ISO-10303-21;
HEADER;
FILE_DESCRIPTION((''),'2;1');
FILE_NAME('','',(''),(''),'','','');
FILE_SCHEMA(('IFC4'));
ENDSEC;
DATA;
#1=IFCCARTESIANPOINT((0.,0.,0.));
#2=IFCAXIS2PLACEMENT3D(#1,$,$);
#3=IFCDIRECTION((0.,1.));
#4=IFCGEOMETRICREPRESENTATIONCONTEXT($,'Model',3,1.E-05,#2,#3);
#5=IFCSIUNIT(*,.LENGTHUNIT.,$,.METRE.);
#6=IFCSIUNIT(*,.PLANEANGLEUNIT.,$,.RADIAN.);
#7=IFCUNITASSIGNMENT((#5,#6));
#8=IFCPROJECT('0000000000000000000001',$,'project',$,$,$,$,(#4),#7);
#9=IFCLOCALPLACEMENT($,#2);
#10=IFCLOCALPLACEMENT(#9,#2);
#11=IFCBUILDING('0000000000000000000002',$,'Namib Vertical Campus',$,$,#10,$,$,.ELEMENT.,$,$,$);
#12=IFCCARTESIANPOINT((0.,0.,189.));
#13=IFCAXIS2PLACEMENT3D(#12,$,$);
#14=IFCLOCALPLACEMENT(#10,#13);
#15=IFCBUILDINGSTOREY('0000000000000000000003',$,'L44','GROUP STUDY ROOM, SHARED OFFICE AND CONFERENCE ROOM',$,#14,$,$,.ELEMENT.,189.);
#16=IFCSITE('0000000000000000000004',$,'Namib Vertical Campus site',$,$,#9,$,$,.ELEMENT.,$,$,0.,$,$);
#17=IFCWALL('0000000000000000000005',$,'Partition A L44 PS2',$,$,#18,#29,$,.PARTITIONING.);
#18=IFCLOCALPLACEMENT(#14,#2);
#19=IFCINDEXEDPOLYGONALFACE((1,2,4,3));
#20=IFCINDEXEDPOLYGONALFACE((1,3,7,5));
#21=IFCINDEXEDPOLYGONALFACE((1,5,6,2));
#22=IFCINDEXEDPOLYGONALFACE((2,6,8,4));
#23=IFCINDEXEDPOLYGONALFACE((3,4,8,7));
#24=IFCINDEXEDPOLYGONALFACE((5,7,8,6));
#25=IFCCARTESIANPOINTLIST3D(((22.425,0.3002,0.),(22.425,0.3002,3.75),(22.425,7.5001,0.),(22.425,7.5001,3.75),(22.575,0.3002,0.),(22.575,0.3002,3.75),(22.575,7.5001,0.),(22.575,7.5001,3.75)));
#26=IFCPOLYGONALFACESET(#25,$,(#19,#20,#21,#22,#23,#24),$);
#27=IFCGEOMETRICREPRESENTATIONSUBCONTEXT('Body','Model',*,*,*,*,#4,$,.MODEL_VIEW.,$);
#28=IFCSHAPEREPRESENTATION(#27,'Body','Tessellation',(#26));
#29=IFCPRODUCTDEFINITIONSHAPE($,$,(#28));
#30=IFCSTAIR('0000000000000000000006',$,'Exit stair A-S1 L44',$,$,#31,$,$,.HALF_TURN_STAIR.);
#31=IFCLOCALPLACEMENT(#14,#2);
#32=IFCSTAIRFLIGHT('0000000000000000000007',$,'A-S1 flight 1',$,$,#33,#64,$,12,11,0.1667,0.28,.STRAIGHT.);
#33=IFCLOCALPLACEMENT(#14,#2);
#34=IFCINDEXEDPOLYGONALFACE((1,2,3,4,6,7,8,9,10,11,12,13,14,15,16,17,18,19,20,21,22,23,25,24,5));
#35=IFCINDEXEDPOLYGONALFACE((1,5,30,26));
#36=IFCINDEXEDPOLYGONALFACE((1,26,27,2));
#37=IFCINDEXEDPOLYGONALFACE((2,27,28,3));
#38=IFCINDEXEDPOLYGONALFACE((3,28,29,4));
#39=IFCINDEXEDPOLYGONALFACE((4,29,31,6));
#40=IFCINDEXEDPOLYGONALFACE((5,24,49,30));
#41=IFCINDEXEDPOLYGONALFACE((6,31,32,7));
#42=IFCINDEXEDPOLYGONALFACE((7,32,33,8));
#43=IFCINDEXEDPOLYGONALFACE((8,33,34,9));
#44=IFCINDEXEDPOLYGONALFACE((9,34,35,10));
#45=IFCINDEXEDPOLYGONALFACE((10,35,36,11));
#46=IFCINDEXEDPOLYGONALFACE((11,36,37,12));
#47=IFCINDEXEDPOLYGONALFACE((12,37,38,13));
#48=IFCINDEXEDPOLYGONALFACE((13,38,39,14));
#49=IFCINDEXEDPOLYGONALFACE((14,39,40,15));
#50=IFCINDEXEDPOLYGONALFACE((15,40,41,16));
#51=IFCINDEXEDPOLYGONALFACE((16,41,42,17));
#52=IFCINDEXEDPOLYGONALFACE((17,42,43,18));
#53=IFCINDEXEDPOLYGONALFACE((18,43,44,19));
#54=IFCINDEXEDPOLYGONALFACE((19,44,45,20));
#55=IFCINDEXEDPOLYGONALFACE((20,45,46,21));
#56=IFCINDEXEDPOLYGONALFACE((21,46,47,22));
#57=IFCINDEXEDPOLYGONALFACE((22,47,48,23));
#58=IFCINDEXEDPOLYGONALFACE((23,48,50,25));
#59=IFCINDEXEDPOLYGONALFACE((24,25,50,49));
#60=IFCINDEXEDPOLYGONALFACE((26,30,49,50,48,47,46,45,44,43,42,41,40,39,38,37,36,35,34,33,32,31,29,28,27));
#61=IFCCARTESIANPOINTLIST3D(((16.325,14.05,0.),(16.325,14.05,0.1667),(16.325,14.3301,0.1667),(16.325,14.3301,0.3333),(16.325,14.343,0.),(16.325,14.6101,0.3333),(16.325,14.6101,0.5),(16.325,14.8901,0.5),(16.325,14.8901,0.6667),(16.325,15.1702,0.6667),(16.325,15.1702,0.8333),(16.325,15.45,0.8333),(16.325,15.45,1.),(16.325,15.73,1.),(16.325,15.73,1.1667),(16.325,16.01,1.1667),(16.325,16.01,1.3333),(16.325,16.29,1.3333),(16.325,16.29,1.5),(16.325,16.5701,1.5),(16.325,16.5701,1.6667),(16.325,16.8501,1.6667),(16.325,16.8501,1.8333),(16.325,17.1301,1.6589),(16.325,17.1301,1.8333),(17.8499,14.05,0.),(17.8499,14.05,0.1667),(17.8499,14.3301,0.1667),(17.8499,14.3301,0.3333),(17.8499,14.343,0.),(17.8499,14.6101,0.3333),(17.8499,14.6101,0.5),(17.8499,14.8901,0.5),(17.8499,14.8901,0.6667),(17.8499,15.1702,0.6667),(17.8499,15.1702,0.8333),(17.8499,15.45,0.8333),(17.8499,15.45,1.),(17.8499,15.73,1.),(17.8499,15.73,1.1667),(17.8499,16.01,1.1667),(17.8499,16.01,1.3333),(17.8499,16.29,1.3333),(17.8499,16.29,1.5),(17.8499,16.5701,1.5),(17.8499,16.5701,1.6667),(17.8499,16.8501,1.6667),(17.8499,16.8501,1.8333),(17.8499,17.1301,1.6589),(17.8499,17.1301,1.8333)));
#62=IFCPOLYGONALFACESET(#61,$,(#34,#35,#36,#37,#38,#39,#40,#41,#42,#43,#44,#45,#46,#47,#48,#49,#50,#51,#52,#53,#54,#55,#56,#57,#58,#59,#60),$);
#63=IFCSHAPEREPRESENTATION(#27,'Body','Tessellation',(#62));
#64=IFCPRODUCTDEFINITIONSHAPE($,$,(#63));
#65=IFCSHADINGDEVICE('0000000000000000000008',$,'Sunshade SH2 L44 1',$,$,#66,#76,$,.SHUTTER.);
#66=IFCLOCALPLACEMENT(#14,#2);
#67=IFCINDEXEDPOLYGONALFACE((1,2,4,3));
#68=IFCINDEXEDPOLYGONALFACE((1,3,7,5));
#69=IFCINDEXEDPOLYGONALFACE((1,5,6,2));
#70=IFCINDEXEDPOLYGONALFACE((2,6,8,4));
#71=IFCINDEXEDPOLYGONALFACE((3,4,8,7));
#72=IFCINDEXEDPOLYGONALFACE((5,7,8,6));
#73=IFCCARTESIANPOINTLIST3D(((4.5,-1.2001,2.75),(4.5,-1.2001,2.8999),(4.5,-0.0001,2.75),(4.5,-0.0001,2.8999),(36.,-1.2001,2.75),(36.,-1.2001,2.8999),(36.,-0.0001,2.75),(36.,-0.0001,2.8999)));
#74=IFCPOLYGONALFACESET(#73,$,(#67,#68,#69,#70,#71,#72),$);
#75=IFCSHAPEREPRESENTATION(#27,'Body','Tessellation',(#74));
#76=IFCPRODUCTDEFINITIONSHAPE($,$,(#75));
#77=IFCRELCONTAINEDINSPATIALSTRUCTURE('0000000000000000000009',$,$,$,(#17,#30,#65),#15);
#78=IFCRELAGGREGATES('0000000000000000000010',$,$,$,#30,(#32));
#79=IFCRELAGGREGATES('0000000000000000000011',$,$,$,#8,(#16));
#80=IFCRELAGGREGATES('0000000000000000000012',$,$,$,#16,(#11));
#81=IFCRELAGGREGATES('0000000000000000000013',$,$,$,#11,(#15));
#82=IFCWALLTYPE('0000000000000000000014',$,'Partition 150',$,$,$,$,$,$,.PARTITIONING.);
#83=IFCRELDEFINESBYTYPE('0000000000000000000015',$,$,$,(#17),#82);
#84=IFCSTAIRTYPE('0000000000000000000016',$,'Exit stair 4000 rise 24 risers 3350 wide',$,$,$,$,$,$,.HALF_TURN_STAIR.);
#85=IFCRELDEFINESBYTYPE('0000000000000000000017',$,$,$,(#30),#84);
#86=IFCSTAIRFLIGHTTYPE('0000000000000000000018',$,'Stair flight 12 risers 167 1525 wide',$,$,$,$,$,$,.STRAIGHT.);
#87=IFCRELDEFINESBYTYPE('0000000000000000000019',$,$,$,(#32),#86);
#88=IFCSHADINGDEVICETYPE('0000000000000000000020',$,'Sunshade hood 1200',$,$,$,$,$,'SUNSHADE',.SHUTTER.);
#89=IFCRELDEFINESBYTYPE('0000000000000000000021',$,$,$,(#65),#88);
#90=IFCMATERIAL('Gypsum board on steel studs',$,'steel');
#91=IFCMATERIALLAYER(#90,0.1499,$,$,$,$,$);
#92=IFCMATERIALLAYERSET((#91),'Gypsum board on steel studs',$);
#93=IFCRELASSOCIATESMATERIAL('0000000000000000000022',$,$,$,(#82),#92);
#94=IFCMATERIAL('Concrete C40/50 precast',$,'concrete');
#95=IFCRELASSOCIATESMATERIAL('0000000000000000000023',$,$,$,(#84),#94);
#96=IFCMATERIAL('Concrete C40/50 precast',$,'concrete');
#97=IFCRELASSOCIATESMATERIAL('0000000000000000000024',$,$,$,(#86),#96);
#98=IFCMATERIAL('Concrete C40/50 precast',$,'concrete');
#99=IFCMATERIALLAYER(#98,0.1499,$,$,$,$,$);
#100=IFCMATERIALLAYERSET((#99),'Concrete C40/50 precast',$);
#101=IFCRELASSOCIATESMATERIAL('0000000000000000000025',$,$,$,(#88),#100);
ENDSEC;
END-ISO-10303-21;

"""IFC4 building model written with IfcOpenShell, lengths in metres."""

from ifc_helpers import new_model, si_unit, direction, frame, frame_2d, origin, origin_2d, place, context, subcontext, project, spatial, polyline, rectangle, outline, extrude, material, layer, layer_set, type_object, element, aggregate, save


model = new_model("IFC4")

# Units and contexts
model_context = context("Model", 3, precision=1e-05, world=origin(), true_north=direction((0.0, 1.0)))
body_context = subcontext(model_context, "Body", "Model", "MODEL_VIEW")
ifc_project = project(units=[si_unit("LENGTHUNIT", "METRE"), si_unit("PLANEANGLEUNIT", "RADIAN")], contexts=[model_context])

# Site, building, storey
site_placement = place(None, origin())
site = spatial("IfcSite", under=ifc_project, at=site_placement, Name="Namib Vertical Campus site", CompositionType="ELEMENT", RefElevation=0.0)
building_placement = place(site_placement, origin())
building = spatial("IfcBuilding", under=site, at=building_placement, Name="Namib Vertical Campus", CompositionType="ELEMENT")
storey_placement = place(building_placement, frame((0.0, 0.0, 189.0)))
storey = spatial("IfcBuildingStorey", under=building, at=storey_placement, Name="L44", Description="GROUP STUDY ROOM, SHARED OFFICE AND CONFERENCE ROOM", CompositionType="ELEMENT", Elevation=189.0)

# Wall
ifc_material_1 = material(Name="Gypsum board on steel studs", Category="steel")
ifc_layer_1 = layer(ifc_material_1, 0.1499)
ifc_layer_set_1 = layer_set([ifc_layer_1], Name="Gypsum board on steel studs")
wall_type_1 = type_object("IfcWallType", Name="Partition 150", PredefinedType="PARTITIONING", material=ifc_layer_set_1)
for number, where, z_axis, x_axis, name in (
    (1, (22.5, 0.3, 0.0), (0.0, 0.0, 1.0), (0.0, 1.0, 0.0), "Partition A L44 PS2"),
):
    element("IfcWall", number, at=place(storey_placement, frame(where, z_axis=z_axis, x_axis=x_axis)), inside=storey, type_object=wall_type_1, Name=name, PredefinedType="PARTITIONING", context=body_context, shape_type="SweptSolid", body=[
        extrude(rectangle(XDim=7.2, YDim=0.1499, at=frame_2d((3.6001, 0.0))), origin(), (0.0, 0.0, 1.0), 3.75),
    ])

# Stair, stair flight
ifc_material_2 = material(Name="Concrete C40/50 precast", Category="concrete")
stair_type = type_object("IfcStairType", Name="Exit stair 4000 rise 24 risers 3350 wide", PredefinedType="HALF_TURN_STAIR", material=ifc_material_2)
stair_placement = place(storey_placement, origin())
stair = element("IfcStair", 2, at=stair_placement, inside=storey, type_object=stair_type, Name="Exit stair A-S1 L44", PredefinedType="HALF_TURN_STAIR")
ifc_material_3 = material(Name="Concrete C40/50 precast", Category="concrete")
stair_flight_type = type_object("IfcStairFlightType", Name="Stair flight 12 risers 167 1525 wide", PredefinedType="STRAIGHT", material=ifc_material_3)
stair_flight_placement = place(storey_placement, frame((17.0874, 14.05, 0.0), z_axis=(0.0, 0.0, 1.0), x_axis=(0.0, 1.0, 0.0)))
stair_flight = element("IfcStairFlight", 3, at=stair_flight_placement, type_object=stair_flight_type, Name="A-S1 flight 1", NumberOfRisers=12, NumberOfTreads=11, PredefinedType="STRAIGHT", RiserHeight=0.1667, TreadLength=0.28, context=body_context, shape_type="SweptSolid", body=[
    extrude(outline(polyline([(0.0, 0.0), (0.0, 0.1667), (0.28, 0.1667), (0.28, 0.3333), (0.5601, 0.3333), (0.5601, 0.5), (0.8401, 0.5), (0.8401, 0.6667), (1.1201, 0.6667), (1.1201, 0.8333), (1.3999, 0.8333), (1.3999, 1.0), (1.6799, 1.0), (1.6799, 1.1667), (1.96, 1.1667), (1.96, 1.3333), (2.24, 1.3333), (2.24, 1.5), (2.52, 1.5), (2.52, 1.6667), (2.8, 1.6667), (2.8, 1.8333), (3.0801, 1.8333), (3.0801, 2.0), (3.0801, 1.6589), (0.293, 0.0), (0.0, 0.0)])), frame((0.0, 0.7625, 0.0), z_axis=(0.0, -1.0, 0.0), x_axis=(1.0, 0.0, 0.0)), (0.0, 0.0, 1.0), 1.5249),
])
aggregate(stair, [stair_flight])

# Shading device
ifc_material_4 = material(Name="Concrete C40/50 precast", Category="concrete")
ifc_layer_2 = layer(ifc_material_4, 0.1499)
ifc_layer_set_2 = layer_set([ifc_layer_2], Name="Concrete C40/50 precast")
shading_device_type = type_object("IfcShadingDeviceType", Name="Sunshade hood 1200", ElementType="SUNSHADE", PredefinedType="SHUTTER", material=ifc_layer_set_2)
shading_device_placement = place(storey_placement, frame((20.25, -0.6001, 2.75), z_axis=(0.0, 0.0, 1.0), x_axis=(1.0, 0.0, 0.0)))
element("IfcShadingDevice", 4, at=shading_device_placement, inside=storey, type_object=shading_device_type, Name="Sunshade SH2 L44 1", PredefinedType="SHUTTER", context=body_context, shape_type="SweptSolid", body=[
    extrude(rectangle(XDim=31.5, YDim=1.2, at=origin_2d()), origin(), (0.0, 0.0, 1.0), 0.1499),
])

save(model, "model.ifc")
